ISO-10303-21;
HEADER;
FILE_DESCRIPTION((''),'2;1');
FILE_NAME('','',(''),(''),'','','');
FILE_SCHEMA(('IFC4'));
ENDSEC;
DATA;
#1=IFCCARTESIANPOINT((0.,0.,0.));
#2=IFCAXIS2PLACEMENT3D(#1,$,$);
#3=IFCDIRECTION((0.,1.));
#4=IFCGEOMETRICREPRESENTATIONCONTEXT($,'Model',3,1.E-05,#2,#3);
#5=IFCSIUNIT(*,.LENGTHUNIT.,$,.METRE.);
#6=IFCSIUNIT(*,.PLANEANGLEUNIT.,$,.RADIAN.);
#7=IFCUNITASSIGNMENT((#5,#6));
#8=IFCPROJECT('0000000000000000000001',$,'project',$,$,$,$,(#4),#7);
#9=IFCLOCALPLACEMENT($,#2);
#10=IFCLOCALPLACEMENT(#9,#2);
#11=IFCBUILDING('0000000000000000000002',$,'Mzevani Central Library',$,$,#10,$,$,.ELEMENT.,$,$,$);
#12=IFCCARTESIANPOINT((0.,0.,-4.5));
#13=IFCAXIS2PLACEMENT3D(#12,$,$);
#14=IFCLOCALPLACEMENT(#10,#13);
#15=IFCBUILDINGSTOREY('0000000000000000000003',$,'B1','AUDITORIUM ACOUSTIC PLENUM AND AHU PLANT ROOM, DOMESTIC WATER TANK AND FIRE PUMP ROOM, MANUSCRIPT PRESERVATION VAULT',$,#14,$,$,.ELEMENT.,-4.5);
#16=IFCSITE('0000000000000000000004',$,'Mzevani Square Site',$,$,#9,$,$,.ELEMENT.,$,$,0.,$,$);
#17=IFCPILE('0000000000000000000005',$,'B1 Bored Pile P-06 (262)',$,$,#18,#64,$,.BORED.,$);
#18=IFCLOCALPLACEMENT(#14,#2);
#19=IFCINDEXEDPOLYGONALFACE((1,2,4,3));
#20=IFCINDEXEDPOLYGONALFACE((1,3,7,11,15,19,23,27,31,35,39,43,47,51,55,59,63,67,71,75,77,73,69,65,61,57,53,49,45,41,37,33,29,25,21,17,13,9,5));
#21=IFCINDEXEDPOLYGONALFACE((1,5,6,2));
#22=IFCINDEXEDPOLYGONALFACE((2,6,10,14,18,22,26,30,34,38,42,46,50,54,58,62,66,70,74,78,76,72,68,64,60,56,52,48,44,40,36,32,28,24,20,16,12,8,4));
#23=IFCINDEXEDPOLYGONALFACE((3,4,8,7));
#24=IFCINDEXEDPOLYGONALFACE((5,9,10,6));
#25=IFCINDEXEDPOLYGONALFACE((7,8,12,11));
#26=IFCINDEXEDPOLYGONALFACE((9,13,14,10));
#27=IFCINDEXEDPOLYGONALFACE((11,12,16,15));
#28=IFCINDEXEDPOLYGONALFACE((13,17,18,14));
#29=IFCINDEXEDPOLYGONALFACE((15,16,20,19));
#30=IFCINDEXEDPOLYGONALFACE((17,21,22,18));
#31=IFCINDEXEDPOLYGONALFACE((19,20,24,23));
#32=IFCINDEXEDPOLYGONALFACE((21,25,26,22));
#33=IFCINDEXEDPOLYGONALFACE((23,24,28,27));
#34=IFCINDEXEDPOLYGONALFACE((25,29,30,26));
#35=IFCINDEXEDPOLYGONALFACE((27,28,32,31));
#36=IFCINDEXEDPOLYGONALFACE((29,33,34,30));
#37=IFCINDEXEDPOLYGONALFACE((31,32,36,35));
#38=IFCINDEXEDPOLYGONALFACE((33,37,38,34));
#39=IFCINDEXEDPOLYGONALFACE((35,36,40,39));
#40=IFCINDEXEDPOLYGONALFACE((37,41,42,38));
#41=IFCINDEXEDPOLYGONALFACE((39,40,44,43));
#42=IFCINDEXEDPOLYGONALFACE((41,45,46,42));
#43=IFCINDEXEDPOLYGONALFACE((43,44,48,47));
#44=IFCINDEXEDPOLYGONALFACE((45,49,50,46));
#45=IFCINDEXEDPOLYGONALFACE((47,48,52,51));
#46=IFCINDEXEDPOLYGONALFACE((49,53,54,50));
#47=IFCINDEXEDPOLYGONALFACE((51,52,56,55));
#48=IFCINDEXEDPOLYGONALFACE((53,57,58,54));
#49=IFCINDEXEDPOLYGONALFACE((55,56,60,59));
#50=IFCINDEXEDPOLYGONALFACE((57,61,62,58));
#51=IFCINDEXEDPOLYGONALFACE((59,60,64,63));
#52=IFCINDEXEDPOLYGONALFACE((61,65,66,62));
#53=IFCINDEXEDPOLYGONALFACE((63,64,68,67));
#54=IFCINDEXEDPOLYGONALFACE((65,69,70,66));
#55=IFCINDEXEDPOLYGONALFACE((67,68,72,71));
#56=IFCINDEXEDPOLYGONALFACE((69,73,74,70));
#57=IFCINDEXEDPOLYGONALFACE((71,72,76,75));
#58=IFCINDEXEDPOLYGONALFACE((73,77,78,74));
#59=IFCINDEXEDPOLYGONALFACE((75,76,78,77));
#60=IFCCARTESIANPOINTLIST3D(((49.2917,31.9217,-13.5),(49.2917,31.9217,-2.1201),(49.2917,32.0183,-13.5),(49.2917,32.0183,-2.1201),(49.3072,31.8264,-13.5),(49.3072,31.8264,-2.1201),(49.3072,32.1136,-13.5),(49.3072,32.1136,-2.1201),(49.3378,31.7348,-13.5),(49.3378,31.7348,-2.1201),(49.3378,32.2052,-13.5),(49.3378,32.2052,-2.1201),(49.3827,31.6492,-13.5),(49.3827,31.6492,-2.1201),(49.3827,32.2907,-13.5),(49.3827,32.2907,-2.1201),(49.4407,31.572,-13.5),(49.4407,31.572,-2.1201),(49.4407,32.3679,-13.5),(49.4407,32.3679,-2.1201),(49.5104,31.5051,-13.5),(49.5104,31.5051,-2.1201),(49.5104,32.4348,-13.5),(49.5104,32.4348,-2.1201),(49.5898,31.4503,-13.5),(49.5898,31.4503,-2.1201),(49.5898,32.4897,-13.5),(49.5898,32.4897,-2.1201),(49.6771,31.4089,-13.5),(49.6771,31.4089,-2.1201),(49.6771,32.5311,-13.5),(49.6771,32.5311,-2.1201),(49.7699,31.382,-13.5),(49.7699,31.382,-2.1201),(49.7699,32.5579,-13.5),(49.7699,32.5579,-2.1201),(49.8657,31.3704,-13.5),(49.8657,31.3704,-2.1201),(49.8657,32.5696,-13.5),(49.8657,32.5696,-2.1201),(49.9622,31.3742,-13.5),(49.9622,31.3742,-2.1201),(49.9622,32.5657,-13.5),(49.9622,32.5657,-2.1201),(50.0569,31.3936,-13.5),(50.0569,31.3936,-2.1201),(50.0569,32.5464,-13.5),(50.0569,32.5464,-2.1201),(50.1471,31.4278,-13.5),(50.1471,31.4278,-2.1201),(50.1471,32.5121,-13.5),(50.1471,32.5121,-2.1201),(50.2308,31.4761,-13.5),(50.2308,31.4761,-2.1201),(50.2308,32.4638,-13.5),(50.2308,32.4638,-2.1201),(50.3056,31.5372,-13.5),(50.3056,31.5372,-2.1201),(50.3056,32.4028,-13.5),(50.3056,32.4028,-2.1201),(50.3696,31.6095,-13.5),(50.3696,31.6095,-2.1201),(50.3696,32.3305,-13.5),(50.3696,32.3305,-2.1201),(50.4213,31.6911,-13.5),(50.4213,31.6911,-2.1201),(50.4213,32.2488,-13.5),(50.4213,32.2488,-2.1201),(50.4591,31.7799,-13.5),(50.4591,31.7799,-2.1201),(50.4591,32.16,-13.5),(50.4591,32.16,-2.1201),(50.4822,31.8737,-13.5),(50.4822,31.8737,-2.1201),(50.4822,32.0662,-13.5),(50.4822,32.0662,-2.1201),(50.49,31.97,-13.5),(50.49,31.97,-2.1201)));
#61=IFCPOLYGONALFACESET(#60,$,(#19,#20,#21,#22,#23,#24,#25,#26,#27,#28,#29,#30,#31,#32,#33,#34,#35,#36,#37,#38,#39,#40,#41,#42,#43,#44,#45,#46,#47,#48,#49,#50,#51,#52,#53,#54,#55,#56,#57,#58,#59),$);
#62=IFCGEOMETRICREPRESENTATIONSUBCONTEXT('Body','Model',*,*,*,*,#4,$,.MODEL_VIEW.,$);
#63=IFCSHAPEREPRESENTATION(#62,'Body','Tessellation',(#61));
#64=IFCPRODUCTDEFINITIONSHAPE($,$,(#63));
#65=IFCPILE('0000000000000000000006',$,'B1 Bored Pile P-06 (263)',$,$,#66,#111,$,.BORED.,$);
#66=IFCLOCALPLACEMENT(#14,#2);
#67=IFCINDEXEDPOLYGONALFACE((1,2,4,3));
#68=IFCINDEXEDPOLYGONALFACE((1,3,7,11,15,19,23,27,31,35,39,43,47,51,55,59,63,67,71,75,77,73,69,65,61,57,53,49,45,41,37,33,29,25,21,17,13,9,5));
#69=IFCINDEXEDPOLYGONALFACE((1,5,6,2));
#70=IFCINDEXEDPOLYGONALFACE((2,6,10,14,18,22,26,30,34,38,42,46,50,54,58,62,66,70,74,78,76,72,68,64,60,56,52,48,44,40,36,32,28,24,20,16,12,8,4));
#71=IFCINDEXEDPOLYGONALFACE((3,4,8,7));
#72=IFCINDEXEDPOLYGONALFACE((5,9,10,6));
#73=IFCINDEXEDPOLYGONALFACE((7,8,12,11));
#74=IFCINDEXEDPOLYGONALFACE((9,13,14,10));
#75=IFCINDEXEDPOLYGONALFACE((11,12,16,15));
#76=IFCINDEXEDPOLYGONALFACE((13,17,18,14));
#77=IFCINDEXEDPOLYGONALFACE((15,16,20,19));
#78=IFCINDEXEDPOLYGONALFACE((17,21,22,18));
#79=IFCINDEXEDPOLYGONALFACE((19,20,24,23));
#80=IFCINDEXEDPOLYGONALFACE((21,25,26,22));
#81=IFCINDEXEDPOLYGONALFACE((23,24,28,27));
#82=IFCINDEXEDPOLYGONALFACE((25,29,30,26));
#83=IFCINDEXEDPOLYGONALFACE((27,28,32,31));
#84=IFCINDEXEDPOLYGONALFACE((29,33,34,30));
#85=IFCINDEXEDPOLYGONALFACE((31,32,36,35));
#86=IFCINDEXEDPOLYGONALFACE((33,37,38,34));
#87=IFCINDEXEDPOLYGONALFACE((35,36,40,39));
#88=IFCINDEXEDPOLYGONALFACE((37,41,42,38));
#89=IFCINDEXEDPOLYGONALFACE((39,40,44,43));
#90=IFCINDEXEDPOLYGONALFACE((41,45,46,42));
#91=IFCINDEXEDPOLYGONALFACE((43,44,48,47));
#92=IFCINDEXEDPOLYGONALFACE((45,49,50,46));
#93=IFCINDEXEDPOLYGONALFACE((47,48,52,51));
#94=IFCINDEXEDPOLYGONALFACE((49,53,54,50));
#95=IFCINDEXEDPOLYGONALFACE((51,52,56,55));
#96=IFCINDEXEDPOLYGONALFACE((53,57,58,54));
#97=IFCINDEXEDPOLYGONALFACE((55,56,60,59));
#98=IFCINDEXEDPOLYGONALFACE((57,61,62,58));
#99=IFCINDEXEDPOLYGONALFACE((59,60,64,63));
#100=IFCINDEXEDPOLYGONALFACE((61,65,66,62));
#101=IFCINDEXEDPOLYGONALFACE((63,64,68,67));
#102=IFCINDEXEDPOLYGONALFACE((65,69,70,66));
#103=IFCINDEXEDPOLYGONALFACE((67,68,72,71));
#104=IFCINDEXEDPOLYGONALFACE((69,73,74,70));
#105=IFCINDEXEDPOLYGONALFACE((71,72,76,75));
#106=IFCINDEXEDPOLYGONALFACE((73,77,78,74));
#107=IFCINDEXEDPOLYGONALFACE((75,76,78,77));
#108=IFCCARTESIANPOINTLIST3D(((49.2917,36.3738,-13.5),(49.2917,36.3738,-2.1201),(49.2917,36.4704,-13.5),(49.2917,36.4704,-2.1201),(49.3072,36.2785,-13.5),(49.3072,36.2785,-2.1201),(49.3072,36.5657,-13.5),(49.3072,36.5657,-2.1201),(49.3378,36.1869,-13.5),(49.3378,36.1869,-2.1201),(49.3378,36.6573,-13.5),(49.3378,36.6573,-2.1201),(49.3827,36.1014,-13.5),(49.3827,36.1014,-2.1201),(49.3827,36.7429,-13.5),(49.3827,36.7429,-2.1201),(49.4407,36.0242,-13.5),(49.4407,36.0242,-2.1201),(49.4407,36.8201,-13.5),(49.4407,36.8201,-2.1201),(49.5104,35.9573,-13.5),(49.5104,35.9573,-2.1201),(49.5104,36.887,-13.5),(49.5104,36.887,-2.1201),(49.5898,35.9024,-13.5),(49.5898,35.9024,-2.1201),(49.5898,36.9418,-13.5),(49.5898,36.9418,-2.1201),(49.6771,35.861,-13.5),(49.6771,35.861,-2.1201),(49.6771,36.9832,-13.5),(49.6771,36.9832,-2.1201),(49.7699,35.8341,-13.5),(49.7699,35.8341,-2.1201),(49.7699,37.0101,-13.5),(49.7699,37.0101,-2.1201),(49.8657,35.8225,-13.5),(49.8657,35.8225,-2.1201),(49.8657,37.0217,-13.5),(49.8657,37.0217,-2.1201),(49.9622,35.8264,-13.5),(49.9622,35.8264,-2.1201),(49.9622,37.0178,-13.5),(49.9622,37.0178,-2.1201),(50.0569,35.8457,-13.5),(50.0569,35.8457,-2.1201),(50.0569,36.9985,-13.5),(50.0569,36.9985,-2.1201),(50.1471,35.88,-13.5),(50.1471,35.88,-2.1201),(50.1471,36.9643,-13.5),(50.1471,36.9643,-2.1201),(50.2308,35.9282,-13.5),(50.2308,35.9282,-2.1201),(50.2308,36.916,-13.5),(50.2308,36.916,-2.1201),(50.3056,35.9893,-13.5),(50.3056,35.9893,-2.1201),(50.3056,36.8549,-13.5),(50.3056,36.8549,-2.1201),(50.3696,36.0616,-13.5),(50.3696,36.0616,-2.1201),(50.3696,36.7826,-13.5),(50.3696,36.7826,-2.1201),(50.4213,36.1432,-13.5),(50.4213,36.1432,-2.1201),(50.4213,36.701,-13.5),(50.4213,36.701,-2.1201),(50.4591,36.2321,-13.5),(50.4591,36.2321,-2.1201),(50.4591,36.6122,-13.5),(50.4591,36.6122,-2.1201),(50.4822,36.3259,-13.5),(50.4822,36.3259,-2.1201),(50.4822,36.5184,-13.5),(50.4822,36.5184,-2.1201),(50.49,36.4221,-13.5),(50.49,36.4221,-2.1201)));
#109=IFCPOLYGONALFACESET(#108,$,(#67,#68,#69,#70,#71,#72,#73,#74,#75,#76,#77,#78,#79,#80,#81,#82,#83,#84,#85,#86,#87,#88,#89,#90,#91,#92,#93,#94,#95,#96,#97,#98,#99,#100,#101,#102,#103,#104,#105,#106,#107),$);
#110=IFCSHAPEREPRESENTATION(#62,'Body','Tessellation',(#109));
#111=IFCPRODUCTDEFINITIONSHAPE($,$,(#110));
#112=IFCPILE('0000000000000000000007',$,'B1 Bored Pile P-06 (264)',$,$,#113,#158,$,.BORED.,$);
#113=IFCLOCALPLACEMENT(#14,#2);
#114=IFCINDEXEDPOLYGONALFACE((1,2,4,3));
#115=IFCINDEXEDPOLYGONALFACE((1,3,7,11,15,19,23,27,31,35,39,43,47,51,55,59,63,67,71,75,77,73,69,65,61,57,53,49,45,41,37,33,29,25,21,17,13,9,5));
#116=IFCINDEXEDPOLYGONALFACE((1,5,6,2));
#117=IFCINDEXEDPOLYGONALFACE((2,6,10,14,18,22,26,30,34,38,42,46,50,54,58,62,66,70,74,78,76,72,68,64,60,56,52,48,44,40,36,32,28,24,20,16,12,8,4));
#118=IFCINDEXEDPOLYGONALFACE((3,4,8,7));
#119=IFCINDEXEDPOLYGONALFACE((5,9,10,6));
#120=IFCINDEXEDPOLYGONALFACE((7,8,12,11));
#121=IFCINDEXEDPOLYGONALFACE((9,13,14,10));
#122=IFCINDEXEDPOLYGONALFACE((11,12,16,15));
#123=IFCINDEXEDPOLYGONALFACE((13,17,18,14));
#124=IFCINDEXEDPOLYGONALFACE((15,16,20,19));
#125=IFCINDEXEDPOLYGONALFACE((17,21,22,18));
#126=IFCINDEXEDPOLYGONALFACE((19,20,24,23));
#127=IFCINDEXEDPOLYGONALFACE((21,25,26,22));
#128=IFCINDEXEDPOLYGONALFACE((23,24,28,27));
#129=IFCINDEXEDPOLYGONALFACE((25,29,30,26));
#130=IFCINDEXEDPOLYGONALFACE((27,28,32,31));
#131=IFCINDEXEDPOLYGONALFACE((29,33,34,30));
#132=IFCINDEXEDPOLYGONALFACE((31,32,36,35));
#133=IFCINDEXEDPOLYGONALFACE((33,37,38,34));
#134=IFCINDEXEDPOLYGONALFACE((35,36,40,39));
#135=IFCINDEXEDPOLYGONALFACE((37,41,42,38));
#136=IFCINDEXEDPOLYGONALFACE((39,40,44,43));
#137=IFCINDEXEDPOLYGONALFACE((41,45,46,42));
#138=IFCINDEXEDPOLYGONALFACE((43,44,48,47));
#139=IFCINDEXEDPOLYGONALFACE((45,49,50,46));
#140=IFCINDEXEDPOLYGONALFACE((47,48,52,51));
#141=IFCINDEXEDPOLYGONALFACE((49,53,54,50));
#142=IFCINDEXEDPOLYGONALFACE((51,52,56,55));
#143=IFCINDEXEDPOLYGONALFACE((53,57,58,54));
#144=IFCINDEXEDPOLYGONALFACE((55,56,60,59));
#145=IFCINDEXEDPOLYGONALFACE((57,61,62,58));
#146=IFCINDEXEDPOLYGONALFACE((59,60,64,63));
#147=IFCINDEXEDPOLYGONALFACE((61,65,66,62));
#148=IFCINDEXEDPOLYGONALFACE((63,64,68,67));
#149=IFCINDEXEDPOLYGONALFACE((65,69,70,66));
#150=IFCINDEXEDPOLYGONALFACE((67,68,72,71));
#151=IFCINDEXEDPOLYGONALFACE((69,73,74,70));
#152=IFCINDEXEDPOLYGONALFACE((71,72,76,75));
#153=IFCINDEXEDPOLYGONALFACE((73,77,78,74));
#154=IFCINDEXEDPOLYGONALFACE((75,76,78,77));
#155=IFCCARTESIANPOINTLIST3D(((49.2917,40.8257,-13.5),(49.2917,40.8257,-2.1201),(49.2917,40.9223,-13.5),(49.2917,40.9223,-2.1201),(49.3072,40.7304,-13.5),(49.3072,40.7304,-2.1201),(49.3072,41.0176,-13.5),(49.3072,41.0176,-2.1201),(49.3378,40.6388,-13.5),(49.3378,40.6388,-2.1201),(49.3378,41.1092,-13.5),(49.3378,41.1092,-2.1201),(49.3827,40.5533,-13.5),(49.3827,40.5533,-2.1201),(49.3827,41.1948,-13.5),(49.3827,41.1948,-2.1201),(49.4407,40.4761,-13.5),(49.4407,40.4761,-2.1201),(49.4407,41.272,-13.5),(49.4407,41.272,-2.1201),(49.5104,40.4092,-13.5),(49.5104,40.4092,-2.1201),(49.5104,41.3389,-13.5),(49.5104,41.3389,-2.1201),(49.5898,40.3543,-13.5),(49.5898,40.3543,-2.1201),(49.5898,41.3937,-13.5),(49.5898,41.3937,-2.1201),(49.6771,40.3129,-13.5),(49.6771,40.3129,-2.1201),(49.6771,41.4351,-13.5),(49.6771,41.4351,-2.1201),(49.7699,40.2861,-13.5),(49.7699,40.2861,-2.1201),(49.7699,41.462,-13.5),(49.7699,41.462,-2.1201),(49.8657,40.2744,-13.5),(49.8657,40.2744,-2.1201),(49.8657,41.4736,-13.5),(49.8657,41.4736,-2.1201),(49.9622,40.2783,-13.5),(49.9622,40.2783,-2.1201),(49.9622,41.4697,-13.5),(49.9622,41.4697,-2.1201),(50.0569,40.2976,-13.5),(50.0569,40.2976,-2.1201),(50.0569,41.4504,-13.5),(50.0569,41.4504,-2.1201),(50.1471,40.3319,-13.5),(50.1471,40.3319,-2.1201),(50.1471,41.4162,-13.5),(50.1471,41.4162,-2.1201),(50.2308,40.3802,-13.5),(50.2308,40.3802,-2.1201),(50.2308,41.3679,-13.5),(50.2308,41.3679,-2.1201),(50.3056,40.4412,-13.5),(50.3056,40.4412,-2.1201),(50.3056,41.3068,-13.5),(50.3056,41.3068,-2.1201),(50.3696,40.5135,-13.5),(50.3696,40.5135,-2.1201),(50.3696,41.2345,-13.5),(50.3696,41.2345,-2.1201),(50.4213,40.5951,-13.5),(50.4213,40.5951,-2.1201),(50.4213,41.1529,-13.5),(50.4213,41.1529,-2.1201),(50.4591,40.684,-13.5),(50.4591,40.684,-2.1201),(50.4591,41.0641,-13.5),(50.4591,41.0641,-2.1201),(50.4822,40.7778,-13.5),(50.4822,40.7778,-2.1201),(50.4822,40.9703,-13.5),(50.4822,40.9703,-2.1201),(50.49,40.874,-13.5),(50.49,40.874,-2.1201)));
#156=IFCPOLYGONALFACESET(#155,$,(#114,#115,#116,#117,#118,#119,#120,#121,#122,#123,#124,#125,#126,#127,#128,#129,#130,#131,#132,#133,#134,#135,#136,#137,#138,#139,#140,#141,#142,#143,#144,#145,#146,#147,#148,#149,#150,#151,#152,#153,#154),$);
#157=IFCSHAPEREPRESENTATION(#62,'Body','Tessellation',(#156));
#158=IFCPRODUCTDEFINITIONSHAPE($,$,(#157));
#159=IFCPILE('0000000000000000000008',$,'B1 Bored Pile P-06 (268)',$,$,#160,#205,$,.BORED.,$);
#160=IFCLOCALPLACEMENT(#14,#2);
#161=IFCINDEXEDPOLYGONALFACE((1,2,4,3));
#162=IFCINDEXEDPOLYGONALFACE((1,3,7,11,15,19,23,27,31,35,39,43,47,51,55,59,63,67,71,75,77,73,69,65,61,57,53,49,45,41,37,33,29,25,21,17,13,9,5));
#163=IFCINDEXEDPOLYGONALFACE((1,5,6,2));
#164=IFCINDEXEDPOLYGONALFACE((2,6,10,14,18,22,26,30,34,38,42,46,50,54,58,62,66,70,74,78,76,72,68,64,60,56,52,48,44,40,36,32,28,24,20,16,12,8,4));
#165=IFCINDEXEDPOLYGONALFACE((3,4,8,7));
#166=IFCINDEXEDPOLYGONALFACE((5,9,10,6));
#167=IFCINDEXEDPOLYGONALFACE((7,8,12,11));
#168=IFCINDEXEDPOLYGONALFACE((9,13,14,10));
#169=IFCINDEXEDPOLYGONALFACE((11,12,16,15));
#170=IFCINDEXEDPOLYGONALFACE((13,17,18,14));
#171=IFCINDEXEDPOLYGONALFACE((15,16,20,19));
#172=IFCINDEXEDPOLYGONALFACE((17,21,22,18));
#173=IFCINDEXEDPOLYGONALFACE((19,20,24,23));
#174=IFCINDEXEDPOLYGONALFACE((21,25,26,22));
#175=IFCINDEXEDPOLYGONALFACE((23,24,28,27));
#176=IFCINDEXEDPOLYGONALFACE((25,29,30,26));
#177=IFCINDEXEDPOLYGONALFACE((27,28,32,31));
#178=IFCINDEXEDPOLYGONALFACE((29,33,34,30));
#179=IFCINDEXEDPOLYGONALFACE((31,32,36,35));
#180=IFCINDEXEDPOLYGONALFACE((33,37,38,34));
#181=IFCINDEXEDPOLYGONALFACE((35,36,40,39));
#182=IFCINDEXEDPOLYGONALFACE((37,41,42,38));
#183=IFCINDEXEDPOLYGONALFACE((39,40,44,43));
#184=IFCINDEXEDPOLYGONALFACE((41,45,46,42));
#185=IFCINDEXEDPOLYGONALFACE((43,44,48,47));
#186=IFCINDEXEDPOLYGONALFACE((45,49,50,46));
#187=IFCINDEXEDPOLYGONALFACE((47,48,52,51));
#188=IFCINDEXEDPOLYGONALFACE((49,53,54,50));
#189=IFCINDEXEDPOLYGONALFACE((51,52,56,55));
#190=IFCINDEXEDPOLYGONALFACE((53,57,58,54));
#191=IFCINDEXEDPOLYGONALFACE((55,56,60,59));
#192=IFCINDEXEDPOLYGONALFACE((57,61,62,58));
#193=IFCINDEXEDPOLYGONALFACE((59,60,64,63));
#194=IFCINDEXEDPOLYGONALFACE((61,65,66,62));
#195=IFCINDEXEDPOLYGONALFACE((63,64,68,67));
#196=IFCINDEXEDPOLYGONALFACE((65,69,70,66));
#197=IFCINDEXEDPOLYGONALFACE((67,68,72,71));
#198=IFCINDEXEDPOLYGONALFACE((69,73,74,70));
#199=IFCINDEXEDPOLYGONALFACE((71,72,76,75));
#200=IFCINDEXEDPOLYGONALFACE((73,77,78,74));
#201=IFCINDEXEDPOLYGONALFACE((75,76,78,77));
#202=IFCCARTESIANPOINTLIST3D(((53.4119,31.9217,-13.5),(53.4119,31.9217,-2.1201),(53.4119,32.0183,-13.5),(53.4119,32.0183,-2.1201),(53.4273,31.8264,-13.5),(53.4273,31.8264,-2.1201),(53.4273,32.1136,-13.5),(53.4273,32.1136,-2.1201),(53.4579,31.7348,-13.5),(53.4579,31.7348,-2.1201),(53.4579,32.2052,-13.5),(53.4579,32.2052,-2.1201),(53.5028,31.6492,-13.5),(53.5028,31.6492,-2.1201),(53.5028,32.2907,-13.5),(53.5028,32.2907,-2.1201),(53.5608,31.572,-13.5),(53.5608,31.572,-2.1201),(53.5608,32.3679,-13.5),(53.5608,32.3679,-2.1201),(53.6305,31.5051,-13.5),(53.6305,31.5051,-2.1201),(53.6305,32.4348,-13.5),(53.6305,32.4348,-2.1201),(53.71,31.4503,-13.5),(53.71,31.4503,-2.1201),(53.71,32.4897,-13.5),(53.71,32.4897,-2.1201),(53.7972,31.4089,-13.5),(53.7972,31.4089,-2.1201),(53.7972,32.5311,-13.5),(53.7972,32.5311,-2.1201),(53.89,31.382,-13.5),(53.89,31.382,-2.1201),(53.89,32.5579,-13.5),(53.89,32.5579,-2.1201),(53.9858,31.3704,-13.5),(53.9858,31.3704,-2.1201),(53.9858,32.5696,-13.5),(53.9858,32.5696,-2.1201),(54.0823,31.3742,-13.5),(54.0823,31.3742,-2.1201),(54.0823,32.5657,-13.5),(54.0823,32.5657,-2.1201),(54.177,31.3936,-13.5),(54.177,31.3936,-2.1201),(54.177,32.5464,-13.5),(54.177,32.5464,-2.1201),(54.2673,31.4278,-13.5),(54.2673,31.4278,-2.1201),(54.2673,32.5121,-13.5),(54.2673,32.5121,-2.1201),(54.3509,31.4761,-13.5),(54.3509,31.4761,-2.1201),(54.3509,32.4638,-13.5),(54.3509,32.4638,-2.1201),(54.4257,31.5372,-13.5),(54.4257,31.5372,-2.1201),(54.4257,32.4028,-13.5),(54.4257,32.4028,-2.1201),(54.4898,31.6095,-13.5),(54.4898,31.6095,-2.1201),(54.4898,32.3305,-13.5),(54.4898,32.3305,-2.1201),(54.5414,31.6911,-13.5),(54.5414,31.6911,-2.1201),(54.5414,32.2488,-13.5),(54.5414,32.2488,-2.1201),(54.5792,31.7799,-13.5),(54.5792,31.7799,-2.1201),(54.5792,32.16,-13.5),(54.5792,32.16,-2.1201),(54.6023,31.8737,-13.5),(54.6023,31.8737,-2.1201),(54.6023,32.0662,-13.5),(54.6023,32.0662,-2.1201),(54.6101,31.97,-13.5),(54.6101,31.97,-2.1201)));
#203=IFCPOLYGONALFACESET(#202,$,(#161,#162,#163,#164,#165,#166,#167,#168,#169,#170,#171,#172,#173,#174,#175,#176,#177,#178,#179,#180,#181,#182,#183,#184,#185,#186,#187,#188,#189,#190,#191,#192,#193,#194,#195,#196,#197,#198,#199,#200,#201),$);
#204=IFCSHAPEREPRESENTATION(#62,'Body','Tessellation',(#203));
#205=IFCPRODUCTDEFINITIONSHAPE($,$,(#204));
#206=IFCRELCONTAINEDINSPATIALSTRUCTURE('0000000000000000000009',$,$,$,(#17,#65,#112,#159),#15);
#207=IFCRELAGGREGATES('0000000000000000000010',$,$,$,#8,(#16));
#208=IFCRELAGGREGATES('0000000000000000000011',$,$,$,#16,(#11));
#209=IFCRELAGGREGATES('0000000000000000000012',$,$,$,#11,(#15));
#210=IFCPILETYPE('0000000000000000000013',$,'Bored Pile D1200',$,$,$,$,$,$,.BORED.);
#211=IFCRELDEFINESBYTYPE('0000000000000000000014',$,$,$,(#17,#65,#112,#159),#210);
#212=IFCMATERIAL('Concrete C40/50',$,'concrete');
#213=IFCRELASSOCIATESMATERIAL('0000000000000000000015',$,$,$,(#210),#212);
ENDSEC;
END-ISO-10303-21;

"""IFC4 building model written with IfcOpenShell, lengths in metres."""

from ifc_helpers import new_model, si_unit, direction, frame, origin, origin_2d, place, context, subcontext, project, spatial, circle, extrude, material, material_profile, profile_set, type_object, element, save


model = new_model("IFC4")

# Units and contexts
model_context = context("Model", 3, precision=1e-05, world=origin(), true_north=direction((0.0, 1.0)))
body_context = subcontext(model_context, "Body", "Model", "MODEL_VIEW")
ifc_project = project(units=[si_unit("LENGTHUNIT", "METRE"), si_unit("PLANEANGLEUNIT", "RADIAN")], contexts=[model_context])

# Site, building, storey
site_placement = place(None, origin())
site = spatial("IfcSite", under=ifc_project, at=site_placement, Name="Mzevani Square Site", CompositionType="ELEMENT", RefElevation=0.0)
building_placement = place(site_placement, origin())
building = spatial("IfcBuilding", under=site, at=building_placement, Name="Mzevani Central Library", CompositionType="ELEMENT")
storey_placement = place(building_placement, frame((0.0, 0.0, -4.5)))
storey = spatial("IfcBuildingStorey", under=building, at=storey_placement, Name="B1", Description="AUDITORIUM ACOUSTIC PLENUM AND AHU PLANT ROOM, DOMESTIC WATER TANK AND FIRE PUMP ROOM, MANUSCRIPT PRESERVATION VAULT", CompositionType="ELEMENT", Elevation=-4.5)

# Piles
ifc_material_1 = material(Name="Concrete C40/50", Category="concrete")
ifc_material_profile_1 = material_profile(ifc_material_1, circle(Radius=0.6001, at=origin_2d()), Name="PILE D1200")
ifc_profile_set_1 = profile_set([ifc_material_profile_1], Name="Concrete C40/50")
pile_type = type_object("IfcPileType", Name="Bored Pile D1200", PredefinedType="BORED", material=ifc_profile_set_1)
for number, where, z_axis, x_axis, name in (
    (1, (49.8899, 31.97, -2.1201), (0.0, 0.0, -1.0), (1.0, 0.0, 0.0), "B1 Bored Pile P-06 (262)"),
    (2, (49.8899, 36.4221, -2.1201), (0.0, 0.0, -1.0), (1.0, 0.0, 0.0), "B1 Bored Pile P-06 (263)"),
    (3, (49.8899, 40.874, -2.1201), (0.0, 0.0, -1.0), (1.0, 0.0, 0.0), "B1 Bored Pile P-06 (264)"),
    (4, (54.01, 31.97, -2.1201), (0.0, 0.0, -1.0), (1.0, 0.0, 0.0), "B1 Bored Pile P-06 (268)"),
):
    element("IfcPile", number, at=place(storey_placement, frame(where, z_axis=z_axis, x_axis=x_axis)), inside=storey, type_object=pile_type, Name=name, PredefinedType="BORED", context=body_context, shape_type="SweptSolid", body=[
        extrude(circle(Radius=0.6001, at=origin_2d()), origin(), (0.0, 0.0, 1.0), 11.3799),
    ])

save(model, "model.ifc")
